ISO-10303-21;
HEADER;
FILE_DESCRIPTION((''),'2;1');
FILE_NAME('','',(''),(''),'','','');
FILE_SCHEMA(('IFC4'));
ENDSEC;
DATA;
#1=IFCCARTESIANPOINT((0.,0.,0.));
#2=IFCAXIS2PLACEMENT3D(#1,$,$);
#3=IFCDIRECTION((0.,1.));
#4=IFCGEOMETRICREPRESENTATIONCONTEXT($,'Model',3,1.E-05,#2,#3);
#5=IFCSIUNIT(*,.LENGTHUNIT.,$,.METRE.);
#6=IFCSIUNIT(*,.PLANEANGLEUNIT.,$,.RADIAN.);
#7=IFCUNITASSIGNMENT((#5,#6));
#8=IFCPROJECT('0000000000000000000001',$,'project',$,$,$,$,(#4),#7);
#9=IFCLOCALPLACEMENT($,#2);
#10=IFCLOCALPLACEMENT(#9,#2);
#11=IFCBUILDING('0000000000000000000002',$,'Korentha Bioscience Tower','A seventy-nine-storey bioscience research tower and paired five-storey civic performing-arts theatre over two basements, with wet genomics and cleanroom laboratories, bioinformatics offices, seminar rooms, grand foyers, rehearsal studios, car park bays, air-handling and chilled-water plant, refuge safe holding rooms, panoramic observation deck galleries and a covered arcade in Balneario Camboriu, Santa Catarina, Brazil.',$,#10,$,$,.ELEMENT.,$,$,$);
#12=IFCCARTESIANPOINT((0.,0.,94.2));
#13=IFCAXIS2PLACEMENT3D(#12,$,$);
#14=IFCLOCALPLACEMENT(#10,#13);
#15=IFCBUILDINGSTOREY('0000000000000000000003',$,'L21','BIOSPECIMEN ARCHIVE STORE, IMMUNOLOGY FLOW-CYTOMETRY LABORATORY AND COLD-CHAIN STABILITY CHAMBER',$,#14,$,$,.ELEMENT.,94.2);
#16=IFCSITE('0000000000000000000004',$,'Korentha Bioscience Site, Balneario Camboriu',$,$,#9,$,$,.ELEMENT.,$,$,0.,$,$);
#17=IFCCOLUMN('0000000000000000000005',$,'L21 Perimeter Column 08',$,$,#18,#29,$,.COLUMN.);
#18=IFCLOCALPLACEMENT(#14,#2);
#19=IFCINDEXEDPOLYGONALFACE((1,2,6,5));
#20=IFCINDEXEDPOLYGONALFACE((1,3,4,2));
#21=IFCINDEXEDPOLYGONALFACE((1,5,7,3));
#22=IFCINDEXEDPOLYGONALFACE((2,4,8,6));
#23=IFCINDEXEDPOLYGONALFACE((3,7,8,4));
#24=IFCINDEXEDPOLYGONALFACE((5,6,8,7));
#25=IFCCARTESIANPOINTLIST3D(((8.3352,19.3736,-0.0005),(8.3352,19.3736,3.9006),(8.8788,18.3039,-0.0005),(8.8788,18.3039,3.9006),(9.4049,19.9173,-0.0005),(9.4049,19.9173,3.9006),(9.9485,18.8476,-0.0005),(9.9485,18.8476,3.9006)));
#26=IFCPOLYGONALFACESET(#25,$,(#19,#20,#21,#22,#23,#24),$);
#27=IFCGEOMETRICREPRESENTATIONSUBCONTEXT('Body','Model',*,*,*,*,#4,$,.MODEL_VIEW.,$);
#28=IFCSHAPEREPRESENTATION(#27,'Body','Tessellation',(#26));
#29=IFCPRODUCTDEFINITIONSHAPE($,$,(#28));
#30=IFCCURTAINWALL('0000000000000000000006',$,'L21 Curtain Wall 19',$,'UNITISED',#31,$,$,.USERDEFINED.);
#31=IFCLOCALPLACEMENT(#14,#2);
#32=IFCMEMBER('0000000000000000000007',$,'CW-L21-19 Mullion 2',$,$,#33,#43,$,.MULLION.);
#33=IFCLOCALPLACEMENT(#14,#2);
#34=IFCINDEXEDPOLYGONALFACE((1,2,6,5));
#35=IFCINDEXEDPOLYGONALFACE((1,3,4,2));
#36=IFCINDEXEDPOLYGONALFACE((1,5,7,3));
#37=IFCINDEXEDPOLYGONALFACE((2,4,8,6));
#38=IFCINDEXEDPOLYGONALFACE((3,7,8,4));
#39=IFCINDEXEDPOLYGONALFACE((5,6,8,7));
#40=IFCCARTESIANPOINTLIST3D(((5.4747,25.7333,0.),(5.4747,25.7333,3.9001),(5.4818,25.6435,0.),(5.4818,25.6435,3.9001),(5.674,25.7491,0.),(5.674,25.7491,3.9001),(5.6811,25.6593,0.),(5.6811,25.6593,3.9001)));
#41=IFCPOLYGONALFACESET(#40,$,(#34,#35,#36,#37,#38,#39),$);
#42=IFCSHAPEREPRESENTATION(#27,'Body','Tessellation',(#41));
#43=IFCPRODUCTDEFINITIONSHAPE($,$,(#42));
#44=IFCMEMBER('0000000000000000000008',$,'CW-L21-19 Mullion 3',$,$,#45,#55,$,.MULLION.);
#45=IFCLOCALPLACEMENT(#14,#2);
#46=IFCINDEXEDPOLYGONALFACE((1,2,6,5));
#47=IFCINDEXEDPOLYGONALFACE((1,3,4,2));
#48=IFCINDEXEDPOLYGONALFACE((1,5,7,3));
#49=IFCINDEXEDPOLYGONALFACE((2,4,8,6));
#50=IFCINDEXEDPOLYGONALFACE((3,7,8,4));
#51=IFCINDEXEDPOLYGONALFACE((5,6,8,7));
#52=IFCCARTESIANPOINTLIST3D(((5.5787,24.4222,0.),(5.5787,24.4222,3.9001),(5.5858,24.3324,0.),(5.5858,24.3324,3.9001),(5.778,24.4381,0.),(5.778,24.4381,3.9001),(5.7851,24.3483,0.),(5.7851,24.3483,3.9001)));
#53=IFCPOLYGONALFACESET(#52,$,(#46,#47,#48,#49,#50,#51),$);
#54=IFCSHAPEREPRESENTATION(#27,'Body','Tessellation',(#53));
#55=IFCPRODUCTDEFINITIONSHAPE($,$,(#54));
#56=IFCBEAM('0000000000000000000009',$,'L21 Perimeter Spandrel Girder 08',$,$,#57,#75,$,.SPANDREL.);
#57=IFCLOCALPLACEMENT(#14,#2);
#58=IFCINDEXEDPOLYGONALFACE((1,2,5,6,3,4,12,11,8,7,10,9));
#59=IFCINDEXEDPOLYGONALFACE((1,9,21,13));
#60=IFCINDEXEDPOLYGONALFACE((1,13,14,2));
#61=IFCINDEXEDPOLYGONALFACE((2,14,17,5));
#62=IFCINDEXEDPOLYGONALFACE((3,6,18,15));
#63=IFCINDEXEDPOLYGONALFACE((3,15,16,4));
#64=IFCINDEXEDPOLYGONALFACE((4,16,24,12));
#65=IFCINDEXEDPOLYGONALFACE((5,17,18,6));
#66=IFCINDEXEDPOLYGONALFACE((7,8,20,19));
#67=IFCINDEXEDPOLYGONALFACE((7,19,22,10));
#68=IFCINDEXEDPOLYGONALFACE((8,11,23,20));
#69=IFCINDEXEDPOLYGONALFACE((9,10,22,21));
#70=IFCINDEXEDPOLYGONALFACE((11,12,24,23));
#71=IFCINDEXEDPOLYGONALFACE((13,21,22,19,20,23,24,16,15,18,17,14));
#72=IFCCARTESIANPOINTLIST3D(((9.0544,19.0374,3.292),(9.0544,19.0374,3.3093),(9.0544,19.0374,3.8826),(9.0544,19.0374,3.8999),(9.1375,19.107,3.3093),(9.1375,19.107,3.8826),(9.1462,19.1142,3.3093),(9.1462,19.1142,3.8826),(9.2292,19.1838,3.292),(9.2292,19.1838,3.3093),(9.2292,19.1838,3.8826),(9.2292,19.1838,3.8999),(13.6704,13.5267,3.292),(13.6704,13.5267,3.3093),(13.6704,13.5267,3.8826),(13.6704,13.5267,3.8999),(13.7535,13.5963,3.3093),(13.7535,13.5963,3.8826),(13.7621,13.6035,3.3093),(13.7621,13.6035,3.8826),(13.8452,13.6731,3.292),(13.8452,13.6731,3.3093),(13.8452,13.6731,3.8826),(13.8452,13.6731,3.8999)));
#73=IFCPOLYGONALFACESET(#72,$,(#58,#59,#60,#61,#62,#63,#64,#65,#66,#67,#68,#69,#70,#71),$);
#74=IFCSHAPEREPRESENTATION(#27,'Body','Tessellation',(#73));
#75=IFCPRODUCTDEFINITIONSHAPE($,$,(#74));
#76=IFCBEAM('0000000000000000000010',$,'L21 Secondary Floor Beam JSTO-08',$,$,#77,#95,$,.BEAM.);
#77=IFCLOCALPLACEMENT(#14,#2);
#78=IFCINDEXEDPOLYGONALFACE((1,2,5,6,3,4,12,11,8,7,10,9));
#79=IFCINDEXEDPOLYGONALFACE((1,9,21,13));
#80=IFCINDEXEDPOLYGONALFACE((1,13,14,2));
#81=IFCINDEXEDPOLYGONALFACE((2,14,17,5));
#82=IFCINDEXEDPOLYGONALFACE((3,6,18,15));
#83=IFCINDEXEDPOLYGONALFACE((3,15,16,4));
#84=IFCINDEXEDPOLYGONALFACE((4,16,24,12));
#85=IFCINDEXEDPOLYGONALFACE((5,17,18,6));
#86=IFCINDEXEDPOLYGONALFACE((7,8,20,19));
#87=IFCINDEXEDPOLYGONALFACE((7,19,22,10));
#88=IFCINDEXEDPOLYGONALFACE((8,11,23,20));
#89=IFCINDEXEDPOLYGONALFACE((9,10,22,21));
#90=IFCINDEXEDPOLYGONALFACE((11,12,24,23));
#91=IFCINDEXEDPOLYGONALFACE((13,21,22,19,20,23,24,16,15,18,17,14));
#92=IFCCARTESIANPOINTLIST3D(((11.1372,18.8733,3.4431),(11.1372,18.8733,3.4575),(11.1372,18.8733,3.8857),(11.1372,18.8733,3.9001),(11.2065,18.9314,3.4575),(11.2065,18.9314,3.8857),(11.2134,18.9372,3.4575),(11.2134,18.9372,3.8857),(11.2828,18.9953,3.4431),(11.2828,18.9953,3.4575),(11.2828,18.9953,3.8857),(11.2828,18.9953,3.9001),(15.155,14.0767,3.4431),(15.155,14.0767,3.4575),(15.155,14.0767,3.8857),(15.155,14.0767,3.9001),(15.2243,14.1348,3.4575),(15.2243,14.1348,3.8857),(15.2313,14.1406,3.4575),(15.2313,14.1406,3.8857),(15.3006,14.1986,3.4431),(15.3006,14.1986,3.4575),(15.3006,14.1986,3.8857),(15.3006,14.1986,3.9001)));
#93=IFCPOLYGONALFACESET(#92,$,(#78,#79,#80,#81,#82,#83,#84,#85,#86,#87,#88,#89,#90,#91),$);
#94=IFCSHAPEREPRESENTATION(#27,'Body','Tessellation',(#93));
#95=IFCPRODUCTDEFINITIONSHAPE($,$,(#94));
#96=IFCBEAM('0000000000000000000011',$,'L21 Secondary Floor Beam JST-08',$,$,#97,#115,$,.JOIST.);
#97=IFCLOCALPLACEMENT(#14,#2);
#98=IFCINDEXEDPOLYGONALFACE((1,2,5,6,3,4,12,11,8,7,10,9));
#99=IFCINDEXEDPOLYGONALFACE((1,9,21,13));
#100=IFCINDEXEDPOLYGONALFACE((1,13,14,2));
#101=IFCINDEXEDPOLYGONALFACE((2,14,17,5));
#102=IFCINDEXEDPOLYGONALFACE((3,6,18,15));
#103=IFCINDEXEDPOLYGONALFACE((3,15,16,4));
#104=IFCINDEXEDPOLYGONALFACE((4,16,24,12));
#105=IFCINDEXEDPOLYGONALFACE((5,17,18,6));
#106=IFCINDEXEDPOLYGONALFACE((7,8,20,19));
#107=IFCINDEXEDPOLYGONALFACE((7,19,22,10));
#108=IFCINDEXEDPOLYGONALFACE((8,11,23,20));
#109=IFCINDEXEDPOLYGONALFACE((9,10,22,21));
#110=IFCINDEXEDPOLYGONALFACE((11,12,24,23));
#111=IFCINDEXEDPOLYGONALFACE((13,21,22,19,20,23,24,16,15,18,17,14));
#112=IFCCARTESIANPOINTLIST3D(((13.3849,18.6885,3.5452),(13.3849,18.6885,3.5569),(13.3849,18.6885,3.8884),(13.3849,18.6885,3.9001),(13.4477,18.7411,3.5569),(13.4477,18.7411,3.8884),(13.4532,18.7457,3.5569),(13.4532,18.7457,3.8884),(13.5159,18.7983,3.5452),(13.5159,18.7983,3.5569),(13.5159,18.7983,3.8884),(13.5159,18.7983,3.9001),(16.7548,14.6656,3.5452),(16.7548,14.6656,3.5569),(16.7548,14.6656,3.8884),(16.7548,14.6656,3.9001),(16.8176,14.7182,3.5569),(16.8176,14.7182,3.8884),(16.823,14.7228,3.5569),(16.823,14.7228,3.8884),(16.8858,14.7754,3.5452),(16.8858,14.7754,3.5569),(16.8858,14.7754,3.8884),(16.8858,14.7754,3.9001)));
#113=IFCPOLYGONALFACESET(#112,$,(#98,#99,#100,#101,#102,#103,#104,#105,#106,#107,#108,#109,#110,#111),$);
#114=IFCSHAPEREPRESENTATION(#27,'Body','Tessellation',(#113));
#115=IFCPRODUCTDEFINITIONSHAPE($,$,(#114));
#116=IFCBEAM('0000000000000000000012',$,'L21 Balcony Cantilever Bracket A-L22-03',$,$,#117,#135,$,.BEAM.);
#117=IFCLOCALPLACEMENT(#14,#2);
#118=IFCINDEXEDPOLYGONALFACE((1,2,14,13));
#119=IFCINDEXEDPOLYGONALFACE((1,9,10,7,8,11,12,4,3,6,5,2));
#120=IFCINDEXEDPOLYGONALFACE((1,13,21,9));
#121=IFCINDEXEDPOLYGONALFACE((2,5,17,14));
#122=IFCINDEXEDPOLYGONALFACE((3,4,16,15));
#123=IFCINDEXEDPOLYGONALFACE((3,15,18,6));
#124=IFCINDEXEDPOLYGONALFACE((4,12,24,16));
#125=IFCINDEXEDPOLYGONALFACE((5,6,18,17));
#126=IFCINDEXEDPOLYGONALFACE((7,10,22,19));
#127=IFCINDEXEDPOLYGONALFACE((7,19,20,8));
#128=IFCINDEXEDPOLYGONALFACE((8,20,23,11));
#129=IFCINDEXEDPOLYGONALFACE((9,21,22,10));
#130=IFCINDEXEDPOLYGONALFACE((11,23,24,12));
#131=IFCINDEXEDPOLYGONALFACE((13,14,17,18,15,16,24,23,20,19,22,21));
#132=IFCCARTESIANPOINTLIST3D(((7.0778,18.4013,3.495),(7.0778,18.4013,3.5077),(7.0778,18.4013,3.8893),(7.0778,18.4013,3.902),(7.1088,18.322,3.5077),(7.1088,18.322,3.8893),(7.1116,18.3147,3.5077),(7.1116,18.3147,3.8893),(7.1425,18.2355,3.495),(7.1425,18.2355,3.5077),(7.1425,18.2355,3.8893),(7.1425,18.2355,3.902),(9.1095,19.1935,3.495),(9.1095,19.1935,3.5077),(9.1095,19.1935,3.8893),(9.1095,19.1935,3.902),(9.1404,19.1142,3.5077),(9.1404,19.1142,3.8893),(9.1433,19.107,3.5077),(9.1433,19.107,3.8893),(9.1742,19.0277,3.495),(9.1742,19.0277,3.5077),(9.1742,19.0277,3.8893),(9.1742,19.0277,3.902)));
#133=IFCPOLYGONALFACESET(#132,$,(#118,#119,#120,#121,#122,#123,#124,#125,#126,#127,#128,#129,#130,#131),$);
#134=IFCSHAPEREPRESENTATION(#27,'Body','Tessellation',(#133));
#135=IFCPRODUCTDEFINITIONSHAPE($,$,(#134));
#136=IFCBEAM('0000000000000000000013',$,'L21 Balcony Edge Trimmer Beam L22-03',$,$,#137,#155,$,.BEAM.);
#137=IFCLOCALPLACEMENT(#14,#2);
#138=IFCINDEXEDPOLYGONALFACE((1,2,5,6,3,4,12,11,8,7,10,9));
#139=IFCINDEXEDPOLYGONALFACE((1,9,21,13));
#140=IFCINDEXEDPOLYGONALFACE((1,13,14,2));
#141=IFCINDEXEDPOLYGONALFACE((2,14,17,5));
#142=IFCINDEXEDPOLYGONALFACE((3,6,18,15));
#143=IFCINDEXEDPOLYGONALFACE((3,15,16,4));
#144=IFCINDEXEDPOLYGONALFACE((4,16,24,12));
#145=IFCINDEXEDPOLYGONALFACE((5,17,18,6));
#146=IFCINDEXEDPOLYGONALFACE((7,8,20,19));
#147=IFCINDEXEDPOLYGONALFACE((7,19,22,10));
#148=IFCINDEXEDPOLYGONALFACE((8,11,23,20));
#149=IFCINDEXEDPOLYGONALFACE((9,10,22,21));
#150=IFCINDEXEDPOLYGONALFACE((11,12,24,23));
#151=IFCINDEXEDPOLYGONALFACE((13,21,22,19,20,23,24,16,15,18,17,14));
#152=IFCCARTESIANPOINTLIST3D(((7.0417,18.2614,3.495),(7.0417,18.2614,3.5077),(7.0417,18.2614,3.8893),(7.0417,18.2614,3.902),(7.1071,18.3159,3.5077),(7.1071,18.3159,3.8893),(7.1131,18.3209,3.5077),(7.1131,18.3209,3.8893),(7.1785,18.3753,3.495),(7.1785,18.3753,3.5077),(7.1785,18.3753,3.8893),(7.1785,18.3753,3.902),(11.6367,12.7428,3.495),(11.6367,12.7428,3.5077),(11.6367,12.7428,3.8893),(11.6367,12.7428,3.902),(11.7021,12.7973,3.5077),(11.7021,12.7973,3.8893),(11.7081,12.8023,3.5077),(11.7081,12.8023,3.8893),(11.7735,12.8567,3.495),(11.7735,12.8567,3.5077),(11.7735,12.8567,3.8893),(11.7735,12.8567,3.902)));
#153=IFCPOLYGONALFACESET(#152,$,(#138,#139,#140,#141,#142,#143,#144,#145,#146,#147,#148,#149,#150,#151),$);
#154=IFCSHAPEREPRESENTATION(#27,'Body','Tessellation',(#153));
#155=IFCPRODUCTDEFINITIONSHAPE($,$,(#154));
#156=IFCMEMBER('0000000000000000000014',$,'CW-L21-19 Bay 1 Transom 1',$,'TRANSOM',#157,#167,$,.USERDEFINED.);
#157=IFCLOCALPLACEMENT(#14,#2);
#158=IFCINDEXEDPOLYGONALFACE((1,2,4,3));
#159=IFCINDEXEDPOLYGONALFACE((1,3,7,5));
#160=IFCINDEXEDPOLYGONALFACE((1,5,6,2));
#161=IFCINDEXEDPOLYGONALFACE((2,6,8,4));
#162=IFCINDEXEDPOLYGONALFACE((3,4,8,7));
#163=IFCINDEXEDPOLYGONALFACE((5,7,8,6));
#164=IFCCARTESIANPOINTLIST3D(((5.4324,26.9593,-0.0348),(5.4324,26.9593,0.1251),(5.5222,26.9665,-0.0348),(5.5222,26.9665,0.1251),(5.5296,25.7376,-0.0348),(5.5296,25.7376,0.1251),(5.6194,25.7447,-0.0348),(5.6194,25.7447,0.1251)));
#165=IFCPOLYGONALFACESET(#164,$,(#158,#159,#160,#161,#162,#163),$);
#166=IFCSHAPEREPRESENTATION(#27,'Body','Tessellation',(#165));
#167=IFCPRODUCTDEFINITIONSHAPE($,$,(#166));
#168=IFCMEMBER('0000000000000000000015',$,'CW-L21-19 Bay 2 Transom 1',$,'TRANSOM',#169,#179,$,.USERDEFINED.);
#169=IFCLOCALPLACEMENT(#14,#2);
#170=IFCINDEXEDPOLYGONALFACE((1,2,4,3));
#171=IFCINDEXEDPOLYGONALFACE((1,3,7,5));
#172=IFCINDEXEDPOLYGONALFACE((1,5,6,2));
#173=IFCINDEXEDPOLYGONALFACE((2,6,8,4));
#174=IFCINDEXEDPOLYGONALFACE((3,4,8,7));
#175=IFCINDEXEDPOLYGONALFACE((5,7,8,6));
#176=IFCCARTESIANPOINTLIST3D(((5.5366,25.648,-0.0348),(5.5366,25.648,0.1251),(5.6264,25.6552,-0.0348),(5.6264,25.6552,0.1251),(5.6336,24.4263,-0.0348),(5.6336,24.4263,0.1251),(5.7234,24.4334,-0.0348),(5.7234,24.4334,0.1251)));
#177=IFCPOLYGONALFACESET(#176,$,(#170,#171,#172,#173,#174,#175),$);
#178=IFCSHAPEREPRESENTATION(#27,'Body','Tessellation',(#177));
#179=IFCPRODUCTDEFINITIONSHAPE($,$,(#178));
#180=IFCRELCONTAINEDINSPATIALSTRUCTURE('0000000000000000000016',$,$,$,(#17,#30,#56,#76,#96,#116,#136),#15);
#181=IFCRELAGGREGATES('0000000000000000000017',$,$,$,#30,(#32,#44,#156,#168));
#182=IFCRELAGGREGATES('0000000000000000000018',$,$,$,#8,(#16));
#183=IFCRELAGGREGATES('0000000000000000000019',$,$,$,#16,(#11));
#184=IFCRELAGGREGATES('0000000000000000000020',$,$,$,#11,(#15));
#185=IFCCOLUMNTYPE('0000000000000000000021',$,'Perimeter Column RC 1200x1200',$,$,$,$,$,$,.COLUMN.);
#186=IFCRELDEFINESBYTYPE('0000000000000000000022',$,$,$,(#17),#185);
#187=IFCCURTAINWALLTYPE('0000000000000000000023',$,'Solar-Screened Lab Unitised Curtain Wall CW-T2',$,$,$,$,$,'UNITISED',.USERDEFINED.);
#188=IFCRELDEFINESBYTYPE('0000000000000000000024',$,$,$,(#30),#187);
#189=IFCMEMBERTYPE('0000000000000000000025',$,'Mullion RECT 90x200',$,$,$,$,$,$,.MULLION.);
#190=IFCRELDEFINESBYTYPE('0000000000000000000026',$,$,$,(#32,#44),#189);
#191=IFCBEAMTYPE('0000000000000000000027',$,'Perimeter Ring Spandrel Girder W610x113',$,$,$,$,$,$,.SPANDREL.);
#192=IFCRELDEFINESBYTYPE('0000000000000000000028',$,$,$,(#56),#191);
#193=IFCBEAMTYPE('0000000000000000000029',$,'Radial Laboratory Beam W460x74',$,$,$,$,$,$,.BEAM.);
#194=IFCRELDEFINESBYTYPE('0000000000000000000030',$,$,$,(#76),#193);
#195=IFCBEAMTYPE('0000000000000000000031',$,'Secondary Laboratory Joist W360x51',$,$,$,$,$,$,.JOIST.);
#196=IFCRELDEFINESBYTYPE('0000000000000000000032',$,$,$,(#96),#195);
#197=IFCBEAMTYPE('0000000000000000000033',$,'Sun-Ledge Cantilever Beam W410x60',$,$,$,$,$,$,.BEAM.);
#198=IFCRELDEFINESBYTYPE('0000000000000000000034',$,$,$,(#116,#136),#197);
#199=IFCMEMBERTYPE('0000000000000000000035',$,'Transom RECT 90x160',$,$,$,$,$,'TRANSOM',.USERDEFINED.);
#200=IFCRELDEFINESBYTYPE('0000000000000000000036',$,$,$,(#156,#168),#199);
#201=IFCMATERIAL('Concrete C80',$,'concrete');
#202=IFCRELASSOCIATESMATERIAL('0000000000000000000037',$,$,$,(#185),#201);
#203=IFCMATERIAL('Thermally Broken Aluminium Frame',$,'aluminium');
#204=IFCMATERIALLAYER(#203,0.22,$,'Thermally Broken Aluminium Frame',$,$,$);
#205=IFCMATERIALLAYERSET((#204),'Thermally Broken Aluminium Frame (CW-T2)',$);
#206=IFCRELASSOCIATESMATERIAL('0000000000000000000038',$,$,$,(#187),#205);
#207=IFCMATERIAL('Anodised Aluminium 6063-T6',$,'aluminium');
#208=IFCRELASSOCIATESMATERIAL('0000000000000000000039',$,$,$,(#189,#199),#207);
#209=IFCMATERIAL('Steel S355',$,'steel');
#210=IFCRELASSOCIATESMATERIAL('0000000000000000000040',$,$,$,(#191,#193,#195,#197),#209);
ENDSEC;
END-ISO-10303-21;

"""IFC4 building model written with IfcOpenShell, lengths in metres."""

from ifc_helpers import new_model, si_unit, direction, frame, origin, origin_2d, place, context, subcontext, project, spatial, rectangle, i_section, extrude, material, layer, layer_set, material_profile, profile_set, type_object, element, aggregate, save


model = new_model("IFC4")

# Units and contexts
model_context = context("Model", 3, precision=1e-05, world=origin(), true_north=direction((0.0, 1.0)))
body_context = subcontext(model_context, "Body", "Model", "MODEL_VIEW")
ifc_project = project(units=[si_unit("LENGTHUNIT", "METRE"), si_unit("PLANEANGLEUNIT", "RADIAN")], contexts=[model_context])

# Site, building, storey
site_placement = place(None, origin())
site = spatial("IfcSite", under=ifc_project, at=site_placement, Name="Korentha Bioscience Site, Balneario Camboriu", CompositionType="ELEMENT", RefElevation=0.0)
building_placement = place(site_placement, origin())
building = spatial("IfcBuilding", under=site, at=building_placement, Name="Korentha Bioscience Tower", Description="A seventy-nine-storey bioscience research tower and paired five-storey civic performing-arts theatre over two basements, with wet genomics and cleanroom laboratories, bioinformatics offices, seminar rooms, grand foyers, rehearsal studios, car park bays, air-handling and chilled-water plant, refuge safe holding rooms, panoramic observation deck galleries and a covered arcade in Balneario Camboriu, Santa Catarina, Brazil.", CompositionType="ELEMENT")
storey_placement = place(building_placement, frame((0.0, 0.0, 94.2)))
storey = spatial("IfcBuildingStorey", under=building, at=storey_placement, Name="L21", Description="BIOSPECIMEN ARCHIVE STORE, IMMUNOLOGY FLOW-CYTOMETRY LABORATORY AND COLD-CHAIN STABILITY CHAMBER", CompositionType="ELEMENT", Elevation=94.2)

# Column
ifc_material_1 = material(Name="Concrete C80", Category="concrete")
ifc_material_profile_1 = material_profile(ifc_material_1, rectangle(XDim=1.2, YDim=1.2, at=origin_2d()), Name="Concrete C80")
ifc_profile_set_1 = profile_set([ifc_material_profile_1], Name="Concrete C80 (COL-P12)")
column_type = type_object("IfcColumnType", Name="Perimeter Column RC 1200x1200", PredefinedType="COLUMN", material=ifc_profile_set_1)
column_placement = place(storey_placement, frame((9.1418, 19.1106, -0.0005), z_axis=(0.0, 0.0, 1.0), x_axis=(-0.453057, 0.891481, 0.0)))
element("IfcColumn", 1, at=column_placement, inside=storey, type_object=column_type, Name="L21 Perimeter Column 08", PredefinedType="COLUMN", context=body_context, shape_type="SweptSolid", body=[
    extrude(rectangle(XDim=1.2, YDim=1.2, at=origin_2d()), origin(), (0.0, 0.0, 1.0), 3.9011),
])

# Curtain wall, members
ifc_material_2 = material(Name="Thermally Broken Aluminium Frame", Category="aluminium")
ifc_layer_1 = layer(ifc_material_2, 0.22, Name="Thermally Broken Aluminium Frame")
ifc_layer_set_1 = layer_set([ifc_layer_1], Name="Thermally Broken Aluminium Frame (CW-T2)")
curtain_wall_type = type_object("IfcCurtainWallType", Name="Solar-Screened Lab Unitised Curtain Wall CW-T2", ElementType="UNITISED", PredefinedType="USERDEFINED", material=ifc_layer_set_1)
curtain_wall_placement = place(storey_placement, origin())
curtain_wall = element("IfcCurtainWall", 2, at=curtain_wall_placement, inside=storey, type_object=curtain_wall_type, Name="L21 Curtain Wall 19", ObjectType="UNITISED", PredefinedType="USERDEFINED")
ifc_material_3 = material(Name="Anodised Aluminium 6063-T6", Category="aluminium")
ifc_material_profile_2 = material_profile(ifc_material_3, rectangle(XDim=0.0901, YDim=0.2, at=origin_2d()), Name="Anodised Aluminium 6063-T6")
ifc_profile_set_2 = profile_set([ifc_material_profile_2], Name="Anodised Aluminium 6063-T6 (CW-MUL)")
member_type_1 = type_object("IfcMemberType", Name="Mullion RECT 90x200", PredefinedType="MULLION", material=ifc_profile_set_2)
member_1_placement = place(storey_placement, frame((5.5779, 25.6963, 0.0), z_axis=(0.0, 0.0, 1.0), x_axis=(0.07913, -0.996864, 0.0)))
member_1 = element("IfcMember", 3, at=member_1_placement, type_object=member_type_1, Name="CW-L21-19 Mullion 2", PredefinedType="MULLION", context=body_context, shape_type="SweptSolid", body=[
    extrude(rectangle(XDim=0.0901, YDim=0.2, at=origin_2d()), origin(), (0.0, 0.0, 1.0), 3.9001),
])
member_2_placement = place(storey_placement, frame((5.6819, 24.3853, 0.0), z_axis=(0.0, 0.0, 1.0), x_axis=(0.07913, -0.996864, 0.0)))
member_2 = element("IfcMember", 4, at=member_2_placement, type_object=member_type_1, Name="CW-L21-19 Mullion 3", PredefinedType="MULLION", context=body_context, shape_type="SweptSolid", body=[
    extrude(rectangle(XDim=0.0901, YDim=0.2, at=origin_2d()), origin(), (0.0, 0.0, 1.0), 3.9001),
])

# Beams
ifc_material_4 = material(Name="Steel S355", Category="steel")
ifc_material_profile_3 = material_profile(ifc_material_4, i_section(OverallWidth=0.228, OverallDepth=0.6079, WebThickness=0.0112, FlangeThickness=0.0173, at=origin_2d()), Name="Steel S355")
ifc_profile_set_3 = profile_set([ifc_material_profile_3], Name="Steel S355 (SB-610)")
beam_type_1 = type_object("IfcBeamType", Name="Perimeter Ring Spandrel Girder W610x113", PredefinedType="SPANDREL", material=ifc_profile_set_3)
beam_1_placement = place(storey_placement, frame((9.1418, 19.1106, 3.5959), z_axis=(0.642127, -0.766599, 0.0), x_axis=(0.766599, 0.642127, 0.0)))
element("IfcBeam", 5, at=beam_1_placement, inside=storey, type_object=beam_type_1, Name="L21 Perimeter Spandrel Girder 08", PredefinedType="SPANDREL", context=body_context, shape_type="SweptSolid", body=[
    extrude(i_section(OverallWidth=0.228, OverallDepth=0.6079, WebThickness=0.0112, FlangeThickness=0.0173, at=origin_2d()), origin(), (0.0, 0.0, 1.0), 7.1885),
])
ifc_material_profile_4 = material_profile(ifc_material_4, i_section(OverallWidth=0.1899, OverallDepth=0.457, WebThickness=0.009, FlangeThickness=0.0144, at=origin_2d()), Name="Steel S355")
ifc_profile_set_4 = profile_set([ifc_material_profile_4], Name="Steel S355 (RB-460)")
beam_type_2 = type_object("IfcBeamType", Name="Radial Laboratory Beam W460x74", PredefinedType="BEAM", material=ifc_profile_set_4)
beam_2_placement = place(storey_placement, frame((11.21, 18.9343, 3.6716), z_axis=(0.642128, -0.766597, 0.0), x_axis=(0.766597, 0.642128, 0.0)))
element("IfcBeam", 6, at=beam_2_placement, inside=storey, type_object=beam_type_2, Name="L21 Secondary Floor Beam JSTO-08", PredefinedType="BEAM", context=body_context, shape_type="SweptSolid", body=[
    extrude(i_section(OverallWidth=0.1899, OverallDepth=0.457, WebThickness=0.009, FlangeThickness=0.0144, at=origin_2d()), origin(), (0.0, 0.0, 1.0), 6.2571),
])
ifc_material_profile_5 = material_profile(ifc_material_4, i_section(OverallWidth=0.1709, OverallDepth=0.355, WebThickness=0.0071, FlangeThickness=0.0117, at=origin_2d()), Name="Steel S355")
ifc_profile_set_5 = profile_set([ifc_material_profile_5], Name="Steel S355 (JB-360)")
beam_type_3 = type_object("IfcBeamType", Name="Secondary Laboratory Joist W360x51", PredefinedType="JOIST", material=ifc_profile_set_5)
beam_3_placement = place(storey_placement, frame((13.4504, 18.7434, 3.7227), z_axis=(0.642141, -0.766587, 0.0), x_axis=(0.766587, 0.642141, 0.0)))
element("IfcBeam", 7, at=beam_3_placement, inside=storey, type_object=beam_type_3, Name="L21 Secondary Floor Beam JST-08", PredefinedType="JOIST", context=body_context, shape_type="SweptSolid", body=[
    extrude(i_section(OverallWidth=0.1709, OverallDepth=0.355, WebThickness=0.0071, FlangeThickness=0.0117, at=origin_2d()), origin(), (0.0, 0.0, 1.0), 5.2478),
])
ifc_material_profile_6 = material_profile(ifc_material_4, i_section(OverallWidth=0.178, OverallDepth=0.407, WebThickness=0.0078, FlangeThickness=0.0127, at=origin_2d()), Name="Steel S355")
ifc_profile_set_6 = profile_set([ifc_material_profile_6], Name="Steel S355 (CB-410)")
beam_type_4 = type_object("IfcBeamType", Name="Sun-Ledge Cantilever Beam W410x60", PredefinedType="BEAM", material=ifc_profile_set_6)
beam_4_placement = place(storey_placement, frame((9.1418, 19.1106, 3.6985), z_axis=(-0.931677, -0.363289, 0.0), x_axis=(0.363289, -0.931677, 0.0)))
element("IfcBeam", 8, at=beam_4_placement, inside=storey, type_object=beam_type_4, Name="L21 Balcony Cantilever Bracket A-L22-03", PredefinedType="BEAM", context=body_context, shape_type="SweptSolid", body=[
    extrude(i_section(OverallWidth=0.178, OverallDepth=0.407, WebThickness=0.0078, FlangeThickness=0.0127, at=origin_2d()), origin(), (0.0, 0.0, 1.0), 2.1807),
])
beam_5_placement = place(storey_placement, frame((7.1101, 18.3184, 3.6985), z_axis=(0.63987, -0.768483, 0.0), x_axis=(0.768483, 0.63987, 0.0)))
element("IfcBeam", 9, at=beam_5_placement, inside=storey, type_object=beam_type_4, Name="L21 Balcony Edge Trimmer Beam L22-03", PredefinedType="BEAM", context=body_context, shape_type="SweptSolid", body=[
    extrude(i_section(OverallWidth=0.178, OverallDepth=0.407, WebThickness=0.0078, FlangeThickness=0.0127, at=origin_2d()), origin(), (0.0, 0.0, 1.0), 7.1812),
])

# Members
ifc_material_profile_7 = material_profile(ifc_material_3, rectangle(XDim=0.0901, YDim=0.1599, at=origin_2d()), Name="Anodised Aluminium 6063-T6")
ifc_profile_set_7 = profile_set([ifc_material_profile_7], Name="Anodised Aluminium 6063-T6 (CW-TRN)")
member_type_2 = type_object("IfcMemberType", Name="Transom RECT 90x160", ElementType="TRANSOM", PredefinedType="USERDEFINED", material=ifc_profile_set_7)
member_3_placement = place(storey_placement, frame((5.4773, 26.9629, 0.0452), z_axis=(0.079286, -0.996852, 0.0), x_axis=(0.996852, 0.079286, 0.0)))
member_3 = element("IfcMember", 10, at=member_3_placement, type_object=member_type_2, Name="CW-L21-19 Bay 1 Transom 1", ObjectType="TRANSOM", PredefinedType="USERDEFINED", context=body_context, shape_type="SweptSolid", body=[
    extrude(rectangle(XDim=0.0901, YDim=0.1599, at=origin_2d()), origin(), (0.0, 0.0, 1.0), 1.2256),
])
member_4_placement = place(storey_placement, frame((5.5815, 25.6516, 0.0452), z_axis=(0.079088, -0.996868, 0.0), x_axis=(0.996868, 0.079088, 0.0)))
member_4 = element("IfcMember", 11, at=member_4_placement, type_object=member_type_2, Name="CW-L21-19 Bay 2 Transom 1", ObjectType="TRANSOM", PredefinedType="USERDEFINED", context=body_context, shape_type="SweptSolid", body=[
    extrude(rectangle(XDim=0.0901, YDim=0.1599, at=origin_2d()), origin(), (0.0, 0.0, 1.0), 1.2256),
])

aggregate(curtain_wall, [member_1, member_2, member_3, member_4])

save(model, "model.ifc")
